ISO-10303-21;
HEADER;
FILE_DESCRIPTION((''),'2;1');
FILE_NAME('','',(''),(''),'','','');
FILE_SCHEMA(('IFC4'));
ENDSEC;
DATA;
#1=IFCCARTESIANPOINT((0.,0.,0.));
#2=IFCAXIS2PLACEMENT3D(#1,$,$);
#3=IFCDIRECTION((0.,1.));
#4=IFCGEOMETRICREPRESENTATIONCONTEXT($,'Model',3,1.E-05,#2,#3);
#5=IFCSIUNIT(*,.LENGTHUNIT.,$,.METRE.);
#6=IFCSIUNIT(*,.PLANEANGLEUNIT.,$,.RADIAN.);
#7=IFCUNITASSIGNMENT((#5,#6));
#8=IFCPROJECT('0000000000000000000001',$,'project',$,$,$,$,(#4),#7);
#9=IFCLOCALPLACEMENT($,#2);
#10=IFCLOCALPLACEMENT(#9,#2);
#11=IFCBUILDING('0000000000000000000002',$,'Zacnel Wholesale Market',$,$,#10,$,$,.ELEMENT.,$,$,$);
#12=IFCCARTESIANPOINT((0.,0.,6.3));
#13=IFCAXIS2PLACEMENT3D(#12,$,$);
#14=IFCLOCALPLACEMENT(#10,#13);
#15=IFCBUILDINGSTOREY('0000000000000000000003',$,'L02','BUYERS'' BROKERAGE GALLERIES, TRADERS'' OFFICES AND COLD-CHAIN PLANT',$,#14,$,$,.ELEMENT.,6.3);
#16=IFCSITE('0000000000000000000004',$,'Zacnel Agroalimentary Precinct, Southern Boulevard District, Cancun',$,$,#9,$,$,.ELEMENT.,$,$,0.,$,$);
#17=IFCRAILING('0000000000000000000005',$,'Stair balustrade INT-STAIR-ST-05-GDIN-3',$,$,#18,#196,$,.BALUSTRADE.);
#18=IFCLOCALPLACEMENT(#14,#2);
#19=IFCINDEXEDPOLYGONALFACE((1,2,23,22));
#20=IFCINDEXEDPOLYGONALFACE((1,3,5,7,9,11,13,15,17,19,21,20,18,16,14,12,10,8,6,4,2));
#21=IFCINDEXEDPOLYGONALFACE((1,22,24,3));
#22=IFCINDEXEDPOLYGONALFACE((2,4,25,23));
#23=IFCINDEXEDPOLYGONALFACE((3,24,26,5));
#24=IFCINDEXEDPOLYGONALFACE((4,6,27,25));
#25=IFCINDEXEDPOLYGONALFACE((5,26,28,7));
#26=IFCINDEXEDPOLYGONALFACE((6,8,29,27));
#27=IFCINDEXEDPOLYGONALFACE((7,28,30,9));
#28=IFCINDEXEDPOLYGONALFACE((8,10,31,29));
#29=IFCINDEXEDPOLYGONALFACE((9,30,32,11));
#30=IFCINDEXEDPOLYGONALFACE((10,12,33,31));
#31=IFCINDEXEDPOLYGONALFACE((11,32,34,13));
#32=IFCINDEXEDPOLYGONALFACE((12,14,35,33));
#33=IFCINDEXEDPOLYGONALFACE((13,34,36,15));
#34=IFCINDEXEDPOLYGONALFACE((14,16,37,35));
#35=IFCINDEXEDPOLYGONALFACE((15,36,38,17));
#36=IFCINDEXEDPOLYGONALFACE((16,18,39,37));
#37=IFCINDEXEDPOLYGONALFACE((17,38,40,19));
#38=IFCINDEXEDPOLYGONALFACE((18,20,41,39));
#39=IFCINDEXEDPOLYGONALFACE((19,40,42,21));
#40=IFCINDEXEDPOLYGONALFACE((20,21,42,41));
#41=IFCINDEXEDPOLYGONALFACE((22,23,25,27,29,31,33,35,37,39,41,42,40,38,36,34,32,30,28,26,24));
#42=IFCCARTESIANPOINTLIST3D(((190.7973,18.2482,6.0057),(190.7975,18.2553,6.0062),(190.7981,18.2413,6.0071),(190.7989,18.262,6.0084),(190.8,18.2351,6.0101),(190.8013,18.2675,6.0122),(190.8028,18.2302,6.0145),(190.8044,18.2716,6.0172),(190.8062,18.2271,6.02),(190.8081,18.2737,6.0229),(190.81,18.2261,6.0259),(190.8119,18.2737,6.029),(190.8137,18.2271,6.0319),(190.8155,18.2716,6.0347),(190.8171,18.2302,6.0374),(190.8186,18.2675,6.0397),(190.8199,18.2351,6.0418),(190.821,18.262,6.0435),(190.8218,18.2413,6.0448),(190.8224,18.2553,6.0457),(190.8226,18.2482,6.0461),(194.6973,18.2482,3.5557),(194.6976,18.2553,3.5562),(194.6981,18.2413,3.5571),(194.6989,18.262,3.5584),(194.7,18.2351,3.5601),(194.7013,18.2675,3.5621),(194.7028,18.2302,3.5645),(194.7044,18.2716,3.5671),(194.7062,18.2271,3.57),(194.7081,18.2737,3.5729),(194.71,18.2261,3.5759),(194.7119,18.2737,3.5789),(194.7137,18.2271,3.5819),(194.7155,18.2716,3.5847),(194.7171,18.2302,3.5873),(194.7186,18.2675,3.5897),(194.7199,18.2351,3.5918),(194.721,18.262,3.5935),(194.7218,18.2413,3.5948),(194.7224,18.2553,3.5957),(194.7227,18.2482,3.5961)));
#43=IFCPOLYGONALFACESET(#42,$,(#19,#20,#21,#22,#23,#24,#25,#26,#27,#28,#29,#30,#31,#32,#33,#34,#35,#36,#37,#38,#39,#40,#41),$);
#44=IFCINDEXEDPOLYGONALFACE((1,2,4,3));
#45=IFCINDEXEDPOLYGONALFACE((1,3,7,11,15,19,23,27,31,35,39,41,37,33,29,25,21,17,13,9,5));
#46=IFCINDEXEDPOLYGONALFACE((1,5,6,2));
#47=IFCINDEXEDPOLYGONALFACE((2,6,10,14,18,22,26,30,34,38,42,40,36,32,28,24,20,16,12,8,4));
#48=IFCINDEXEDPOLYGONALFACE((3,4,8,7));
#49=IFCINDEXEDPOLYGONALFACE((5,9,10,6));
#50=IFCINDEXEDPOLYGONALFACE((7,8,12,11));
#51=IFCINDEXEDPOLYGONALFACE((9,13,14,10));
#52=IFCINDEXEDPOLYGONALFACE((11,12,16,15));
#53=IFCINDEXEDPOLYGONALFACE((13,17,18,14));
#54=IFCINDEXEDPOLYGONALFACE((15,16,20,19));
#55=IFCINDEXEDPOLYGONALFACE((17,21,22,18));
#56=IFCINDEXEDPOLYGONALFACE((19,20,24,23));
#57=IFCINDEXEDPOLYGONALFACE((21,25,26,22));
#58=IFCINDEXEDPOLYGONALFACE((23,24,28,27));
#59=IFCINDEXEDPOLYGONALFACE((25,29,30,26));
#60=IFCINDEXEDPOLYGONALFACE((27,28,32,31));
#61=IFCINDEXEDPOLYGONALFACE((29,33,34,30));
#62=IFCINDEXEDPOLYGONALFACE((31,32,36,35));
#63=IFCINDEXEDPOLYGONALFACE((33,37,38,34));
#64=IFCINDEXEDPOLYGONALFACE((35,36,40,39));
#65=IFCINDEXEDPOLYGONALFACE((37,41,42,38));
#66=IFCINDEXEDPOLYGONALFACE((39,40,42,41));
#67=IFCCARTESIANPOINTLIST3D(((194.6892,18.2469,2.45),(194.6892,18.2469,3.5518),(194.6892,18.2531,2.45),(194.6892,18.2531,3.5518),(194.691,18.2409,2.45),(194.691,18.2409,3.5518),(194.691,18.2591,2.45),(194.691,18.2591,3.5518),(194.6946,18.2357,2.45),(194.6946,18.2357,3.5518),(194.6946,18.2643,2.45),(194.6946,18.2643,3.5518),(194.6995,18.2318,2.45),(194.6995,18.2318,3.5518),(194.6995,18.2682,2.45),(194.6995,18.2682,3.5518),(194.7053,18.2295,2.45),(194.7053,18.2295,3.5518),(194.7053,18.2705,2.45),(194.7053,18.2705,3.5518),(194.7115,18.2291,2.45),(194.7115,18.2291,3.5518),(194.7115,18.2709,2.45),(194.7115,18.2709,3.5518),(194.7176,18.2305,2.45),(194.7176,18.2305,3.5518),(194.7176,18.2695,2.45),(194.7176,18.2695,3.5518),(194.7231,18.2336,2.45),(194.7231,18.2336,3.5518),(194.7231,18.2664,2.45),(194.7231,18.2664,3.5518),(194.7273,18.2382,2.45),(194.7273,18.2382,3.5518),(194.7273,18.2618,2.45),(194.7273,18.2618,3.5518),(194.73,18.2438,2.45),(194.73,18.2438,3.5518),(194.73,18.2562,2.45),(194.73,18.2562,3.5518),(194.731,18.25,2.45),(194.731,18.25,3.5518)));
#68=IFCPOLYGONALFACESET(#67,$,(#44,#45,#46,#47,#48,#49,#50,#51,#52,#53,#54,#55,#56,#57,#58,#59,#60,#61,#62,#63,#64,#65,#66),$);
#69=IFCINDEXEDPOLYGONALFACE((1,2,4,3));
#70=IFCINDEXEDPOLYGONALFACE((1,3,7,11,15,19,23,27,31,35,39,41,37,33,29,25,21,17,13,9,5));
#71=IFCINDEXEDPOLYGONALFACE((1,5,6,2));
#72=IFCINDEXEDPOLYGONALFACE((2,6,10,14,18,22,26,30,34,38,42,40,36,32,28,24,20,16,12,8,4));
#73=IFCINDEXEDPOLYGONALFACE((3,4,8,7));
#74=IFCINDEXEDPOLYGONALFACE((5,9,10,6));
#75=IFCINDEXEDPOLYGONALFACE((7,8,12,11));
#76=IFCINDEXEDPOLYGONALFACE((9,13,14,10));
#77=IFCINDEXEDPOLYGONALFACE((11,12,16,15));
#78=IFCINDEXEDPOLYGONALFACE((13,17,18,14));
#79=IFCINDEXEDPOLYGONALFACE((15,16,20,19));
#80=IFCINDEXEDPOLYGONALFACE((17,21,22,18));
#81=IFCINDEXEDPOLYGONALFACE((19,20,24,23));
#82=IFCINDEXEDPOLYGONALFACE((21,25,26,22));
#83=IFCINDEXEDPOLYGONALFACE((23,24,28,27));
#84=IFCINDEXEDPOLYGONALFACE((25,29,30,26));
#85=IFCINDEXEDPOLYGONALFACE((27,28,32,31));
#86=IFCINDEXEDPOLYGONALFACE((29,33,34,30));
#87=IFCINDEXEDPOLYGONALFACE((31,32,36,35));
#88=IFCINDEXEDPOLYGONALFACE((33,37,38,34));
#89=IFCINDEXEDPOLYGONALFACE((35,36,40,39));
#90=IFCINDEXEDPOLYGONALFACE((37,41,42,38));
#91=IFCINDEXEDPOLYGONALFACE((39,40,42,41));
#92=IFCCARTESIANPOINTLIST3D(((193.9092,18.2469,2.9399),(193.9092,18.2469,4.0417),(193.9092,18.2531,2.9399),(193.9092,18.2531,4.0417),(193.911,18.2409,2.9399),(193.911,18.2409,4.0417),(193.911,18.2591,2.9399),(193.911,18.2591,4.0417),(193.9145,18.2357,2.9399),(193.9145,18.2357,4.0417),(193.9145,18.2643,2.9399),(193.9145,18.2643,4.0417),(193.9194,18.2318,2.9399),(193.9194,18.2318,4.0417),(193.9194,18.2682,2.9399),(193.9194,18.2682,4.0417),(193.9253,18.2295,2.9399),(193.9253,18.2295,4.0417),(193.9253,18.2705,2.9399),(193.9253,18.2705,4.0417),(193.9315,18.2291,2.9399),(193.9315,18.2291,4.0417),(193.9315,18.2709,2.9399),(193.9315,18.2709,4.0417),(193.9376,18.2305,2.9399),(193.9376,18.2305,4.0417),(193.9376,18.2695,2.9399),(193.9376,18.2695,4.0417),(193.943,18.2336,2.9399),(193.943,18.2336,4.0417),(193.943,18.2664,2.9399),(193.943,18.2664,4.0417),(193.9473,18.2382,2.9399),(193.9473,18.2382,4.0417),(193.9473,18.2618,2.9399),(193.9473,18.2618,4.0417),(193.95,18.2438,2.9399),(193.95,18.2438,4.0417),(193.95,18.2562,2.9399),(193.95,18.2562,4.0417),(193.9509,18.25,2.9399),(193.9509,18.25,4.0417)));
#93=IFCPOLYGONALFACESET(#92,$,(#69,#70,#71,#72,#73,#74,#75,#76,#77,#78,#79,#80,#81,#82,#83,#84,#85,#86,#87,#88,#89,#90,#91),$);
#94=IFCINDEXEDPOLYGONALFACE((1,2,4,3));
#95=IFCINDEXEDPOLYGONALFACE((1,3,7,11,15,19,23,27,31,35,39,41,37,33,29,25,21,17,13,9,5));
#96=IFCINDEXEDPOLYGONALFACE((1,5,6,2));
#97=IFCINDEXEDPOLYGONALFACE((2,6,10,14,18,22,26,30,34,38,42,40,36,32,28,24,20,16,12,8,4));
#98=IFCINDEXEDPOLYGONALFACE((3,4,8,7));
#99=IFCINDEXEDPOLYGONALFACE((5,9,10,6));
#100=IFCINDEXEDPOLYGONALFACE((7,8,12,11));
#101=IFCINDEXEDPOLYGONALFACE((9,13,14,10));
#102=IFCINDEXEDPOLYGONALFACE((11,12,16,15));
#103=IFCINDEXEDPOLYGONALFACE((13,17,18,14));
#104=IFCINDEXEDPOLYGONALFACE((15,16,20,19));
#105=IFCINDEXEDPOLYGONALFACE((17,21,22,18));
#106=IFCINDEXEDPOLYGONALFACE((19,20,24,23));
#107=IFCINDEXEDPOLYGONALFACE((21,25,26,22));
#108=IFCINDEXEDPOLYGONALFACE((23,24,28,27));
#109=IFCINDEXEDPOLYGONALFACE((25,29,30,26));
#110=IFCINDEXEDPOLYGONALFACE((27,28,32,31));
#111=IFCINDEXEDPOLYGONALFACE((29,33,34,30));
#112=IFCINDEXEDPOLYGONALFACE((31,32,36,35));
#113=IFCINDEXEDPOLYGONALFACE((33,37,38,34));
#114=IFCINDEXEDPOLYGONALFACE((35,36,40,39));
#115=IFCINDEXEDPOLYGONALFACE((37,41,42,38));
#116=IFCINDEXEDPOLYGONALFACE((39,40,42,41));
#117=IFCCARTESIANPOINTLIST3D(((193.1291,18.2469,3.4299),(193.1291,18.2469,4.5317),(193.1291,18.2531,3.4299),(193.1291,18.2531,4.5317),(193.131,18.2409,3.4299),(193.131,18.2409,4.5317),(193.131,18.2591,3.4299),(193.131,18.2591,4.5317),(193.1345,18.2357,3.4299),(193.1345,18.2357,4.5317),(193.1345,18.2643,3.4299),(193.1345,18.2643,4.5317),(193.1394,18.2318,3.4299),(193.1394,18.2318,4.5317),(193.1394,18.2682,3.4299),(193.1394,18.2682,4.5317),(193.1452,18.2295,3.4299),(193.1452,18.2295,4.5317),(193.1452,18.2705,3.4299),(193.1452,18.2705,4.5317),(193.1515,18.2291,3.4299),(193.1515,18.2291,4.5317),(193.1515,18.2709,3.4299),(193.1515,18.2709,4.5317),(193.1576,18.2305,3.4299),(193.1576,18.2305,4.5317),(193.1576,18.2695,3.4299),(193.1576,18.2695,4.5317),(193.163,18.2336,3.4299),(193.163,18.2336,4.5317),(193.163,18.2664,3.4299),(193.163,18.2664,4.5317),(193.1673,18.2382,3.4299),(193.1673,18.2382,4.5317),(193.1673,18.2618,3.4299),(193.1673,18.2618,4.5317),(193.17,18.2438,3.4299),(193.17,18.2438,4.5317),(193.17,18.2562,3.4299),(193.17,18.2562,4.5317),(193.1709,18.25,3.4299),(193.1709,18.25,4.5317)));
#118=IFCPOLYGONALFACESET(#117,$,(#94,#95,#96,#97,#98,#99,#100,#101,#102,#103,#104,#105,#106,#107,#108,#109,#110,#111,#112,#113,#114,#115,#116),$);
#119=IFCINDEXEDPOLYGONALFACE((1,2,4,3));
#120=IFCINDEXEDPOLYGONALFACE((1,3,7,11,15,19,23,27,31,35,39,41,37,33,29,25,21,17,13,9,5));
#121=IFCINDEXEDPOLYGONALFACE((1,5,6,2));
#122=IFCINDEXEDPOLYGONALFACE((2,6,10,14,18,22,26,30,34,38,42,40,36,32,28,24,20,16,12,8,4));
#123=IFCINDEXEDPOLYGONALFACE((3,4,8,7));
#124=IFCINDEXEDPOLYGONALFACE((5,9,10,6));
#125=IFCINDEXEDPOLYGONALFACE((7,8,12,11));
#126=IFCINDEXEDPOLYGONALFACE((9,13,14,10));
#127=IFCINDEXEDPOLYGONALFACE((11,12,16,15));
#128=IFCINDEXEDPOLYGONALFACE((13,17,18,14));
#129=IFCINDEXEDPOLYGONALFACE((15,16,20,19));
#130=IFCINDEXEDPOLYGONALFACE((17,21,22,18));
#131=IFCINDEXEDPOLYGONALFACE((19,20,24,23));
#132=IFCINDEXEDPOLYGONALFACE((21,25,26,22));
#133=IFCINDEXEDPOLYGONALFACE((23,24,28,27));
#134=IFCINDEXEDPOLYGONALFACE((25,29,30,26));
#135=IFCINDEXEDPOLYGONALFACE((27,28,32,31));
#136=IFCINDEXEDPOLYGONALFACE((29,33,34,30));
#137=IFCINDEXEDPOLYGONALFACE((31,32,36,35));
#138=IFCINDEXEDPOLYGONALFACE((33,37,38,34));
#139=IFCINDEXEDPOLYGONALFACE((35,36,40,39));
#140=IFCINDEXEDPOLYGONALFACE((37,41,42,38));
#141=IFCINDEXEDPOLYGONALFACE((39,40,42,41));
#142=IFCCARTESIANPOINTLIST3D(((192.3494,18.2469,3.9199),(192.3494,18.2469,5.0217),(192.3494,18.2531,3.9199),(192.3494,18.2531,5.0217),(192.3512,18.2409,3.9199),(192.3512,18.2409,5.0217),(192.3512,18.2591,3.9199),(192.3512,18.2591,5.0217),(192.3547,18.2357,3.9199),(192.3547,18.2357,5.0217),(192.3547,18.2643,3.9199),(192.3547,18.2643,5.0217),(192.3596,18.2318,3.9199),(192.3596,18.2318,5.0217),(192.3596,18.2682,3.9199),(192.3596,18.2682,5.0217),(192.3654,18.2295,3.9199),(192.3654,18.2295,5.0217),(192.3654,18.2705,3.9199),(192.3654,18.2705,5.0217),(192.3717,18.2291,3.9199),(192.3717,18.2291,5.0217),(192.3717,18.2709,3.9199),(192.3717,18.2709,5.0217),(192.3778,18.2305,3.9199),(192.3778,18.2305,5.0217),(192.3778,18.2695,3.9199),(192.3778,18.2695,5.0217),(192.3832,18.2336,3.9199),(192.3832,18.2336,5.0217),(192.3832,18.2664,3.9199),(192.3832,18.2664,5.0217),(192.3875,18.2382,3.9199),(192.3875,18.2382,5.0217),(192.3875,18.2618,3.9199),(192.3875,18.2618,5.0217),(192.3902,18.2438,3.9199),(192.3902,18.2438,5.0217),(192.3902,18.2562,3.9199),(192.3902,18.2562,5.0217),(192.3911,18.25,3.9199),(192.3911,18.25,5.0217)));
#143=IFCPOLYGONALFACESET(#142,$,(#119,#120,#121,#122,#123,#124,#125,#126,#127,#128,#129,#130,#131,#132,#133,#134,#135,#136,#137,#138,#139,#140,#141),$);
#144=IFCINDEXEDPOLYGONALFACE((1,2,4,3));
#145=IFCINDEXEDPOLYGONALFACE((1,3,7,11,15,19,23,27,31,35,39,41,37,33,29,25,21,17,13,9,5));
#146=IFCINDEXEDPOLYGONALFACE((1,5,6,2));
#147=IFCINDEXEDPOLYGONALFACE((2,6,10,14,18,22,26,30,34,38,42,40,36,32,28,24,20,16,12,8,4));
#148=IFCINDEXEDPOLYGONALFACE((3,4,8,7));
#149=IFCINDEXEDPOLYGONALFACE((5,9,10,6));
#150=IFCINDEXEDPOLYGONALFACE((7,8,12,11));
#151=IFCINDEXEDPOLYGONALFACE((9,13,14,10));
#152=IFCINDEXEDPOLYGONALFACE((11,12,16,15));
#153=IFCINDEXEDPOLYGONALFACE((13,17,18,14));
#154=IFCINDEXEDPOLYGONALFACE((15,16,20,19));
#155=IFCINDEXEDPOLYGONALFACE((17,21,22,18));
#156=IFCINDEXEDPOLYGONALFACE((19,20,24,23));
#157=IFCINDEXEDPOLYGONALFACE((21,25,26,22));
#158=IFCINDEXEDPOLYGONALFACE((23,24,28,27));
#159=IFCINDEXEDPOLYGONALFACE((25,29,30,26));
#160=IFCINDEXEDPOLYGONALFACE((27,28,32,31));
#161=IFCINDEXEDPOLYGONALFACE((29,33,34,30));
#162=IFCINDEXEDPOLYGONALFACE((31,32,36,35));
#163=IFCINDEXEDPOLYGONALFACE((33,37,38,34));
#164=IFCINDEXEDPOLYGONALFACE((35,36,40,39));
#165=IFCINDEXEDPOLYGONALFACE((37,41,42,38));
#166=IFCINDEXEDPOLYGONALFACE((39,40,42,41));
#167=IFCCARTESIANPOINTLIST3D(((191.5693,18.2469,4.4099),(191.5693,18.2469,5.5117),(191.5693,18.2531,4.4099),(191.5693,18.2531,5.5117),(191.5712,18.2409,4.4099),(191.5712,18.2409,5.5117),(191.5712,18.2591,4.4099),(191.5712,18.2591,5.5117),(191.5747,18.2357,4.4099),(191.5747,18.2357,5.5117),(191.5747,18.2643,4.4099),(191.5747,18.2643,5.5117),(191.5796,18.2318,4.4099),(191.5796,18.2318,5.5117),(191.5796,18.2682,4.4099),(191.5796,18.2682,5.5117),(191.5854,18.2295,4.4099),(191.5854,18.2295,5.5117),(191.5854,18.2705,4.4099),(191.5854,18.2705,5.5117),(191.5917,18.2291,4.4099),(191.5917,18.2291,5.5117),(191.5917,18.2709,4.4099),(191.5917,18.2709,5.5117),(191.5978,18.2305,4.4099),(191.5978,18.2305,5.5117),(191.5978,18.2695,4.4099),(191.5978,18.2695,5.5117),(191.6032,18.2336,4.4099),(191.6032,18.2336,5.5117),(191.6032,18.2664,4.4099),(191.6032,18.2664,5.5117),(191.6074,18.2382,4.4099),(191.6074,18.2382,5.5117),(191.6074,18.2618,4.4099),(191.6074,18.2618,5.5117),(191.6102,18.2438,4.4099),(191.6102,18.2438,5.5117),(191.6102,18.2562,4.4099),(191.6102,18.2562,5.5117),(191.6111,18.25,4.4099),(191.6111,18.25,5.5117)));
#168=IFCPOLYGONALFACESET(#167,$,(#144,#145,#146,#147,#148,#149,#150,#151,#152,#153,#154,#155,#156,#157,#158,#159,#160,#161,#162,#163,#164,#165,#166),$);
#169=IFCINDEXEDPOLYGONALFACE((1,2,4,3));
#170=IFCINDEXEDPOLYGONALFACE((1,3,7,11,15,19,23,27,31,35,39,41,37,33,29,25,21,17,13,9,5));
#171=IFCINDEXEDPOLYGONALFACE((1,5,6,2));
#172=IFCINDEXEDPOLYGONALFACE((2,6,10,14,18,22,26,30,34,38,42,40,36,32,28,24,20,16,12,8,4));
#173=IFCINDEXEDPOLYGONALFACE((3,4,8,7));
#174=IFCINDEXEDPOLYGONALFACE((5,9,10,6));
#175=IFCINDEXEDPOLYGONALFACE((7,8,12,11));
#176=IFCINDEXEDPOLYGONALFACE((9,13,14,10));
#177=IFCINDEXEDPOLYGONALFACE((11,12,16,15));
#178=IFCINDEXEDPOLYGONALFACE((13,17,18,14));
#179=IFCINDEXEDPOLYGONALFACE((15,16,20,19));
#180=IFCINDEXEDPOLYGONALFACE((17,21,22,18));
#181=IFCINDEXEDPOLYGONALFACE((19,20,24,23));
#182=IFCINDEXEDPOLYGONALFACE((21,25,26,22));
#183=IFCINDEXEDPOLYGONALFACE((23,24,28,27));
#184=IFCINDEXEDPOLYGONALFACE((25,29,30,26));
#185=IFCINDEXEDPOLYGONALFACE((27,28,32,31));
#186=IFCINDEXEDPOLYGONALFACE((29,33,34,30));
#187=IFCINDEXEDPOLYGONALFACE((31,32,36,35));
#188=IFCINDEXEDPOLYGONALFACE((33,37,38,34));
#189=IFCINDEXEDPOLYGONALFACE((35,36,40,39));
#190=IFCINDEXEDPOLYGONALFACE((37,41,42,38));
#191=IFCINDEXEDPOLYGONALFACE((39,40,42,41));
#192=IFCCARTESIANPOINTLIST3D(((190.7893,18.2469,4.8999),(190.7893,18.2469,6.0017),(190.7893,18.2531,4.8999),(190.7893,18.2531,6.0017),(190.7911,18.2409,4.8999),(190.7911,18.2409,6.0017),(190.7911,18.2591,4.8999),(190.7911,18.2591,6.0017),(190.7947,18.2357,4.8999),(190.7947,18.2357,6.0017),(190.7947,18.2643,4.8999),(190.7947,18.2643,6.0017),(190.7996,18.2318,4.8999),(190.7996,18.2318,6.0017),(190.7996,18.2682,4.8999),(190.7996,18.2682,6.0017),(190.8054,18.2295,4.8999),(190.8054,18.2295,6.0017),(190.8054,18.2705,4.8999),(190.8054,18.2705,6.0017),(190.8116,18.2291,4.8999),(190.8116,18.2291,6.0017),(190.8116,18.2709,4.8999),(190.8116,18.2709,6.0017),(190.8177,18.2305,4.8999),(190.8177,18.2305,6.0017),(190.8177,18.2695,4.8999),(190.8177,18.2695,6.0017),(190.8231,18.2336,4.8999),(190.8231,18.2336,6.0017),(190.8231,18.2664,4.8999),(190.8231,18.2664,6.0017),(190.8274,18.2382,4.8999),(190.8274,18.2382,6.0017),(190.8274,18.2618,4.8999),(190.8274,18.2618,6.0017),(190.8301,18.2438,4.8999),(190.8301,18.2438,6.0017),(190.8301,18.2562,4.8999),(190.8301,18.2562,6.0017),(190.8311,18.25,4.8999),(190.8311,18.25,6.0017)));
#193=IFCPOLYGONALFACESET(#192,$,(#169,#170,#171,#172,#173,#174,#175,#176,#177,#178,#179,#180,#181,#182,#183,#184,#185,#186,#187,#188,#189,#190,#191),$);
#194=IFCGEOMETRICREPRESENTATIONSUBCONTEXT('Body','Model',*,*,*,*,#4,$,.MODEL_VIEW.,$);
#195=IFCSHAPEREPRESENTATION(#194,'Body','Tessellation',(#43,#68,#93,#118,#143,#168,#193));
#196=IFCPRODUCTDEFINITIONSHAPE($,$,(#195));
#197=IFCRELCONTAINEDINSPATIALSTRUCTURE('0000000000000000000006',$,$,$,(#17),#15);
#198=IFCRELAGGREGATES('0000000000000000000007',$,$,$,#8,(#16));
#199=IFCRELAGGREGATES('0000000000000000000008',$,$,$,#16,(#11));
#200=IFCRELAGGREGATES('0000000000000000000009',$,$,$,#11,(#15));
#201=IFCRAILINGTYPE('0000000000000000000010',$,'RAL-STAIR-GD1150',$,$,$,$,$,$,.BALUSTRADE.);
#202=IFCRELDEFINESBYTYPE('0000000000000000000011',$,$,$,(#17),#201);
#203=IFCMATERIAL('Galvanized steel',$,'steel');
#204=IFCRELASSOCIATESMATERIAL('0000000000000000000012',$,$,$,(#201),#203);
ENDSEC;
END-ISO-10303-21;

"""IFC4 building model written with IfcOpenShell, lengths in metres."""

from ifc_helpers import new_model, si_unit, direction, frame, origin, origin_2d, place, context, subcontext, project, spatial, circle, extrude, material, type_object, element, save


model = new_model("IFC4")

# Units and contexts
model_context = context("Model", 3, precision=1e-05, world=origin(), true_north=direction((0.0, 1.0)))
body_context = subcontext(model_context, "Body", "Model", "MODEL_VIEW")
ifc_project = project(units=[si_unit("LENGTHUNIT", "METRE"), si_unit("PLANEANGLEUNIT", "RADIAN")], contexts=[model_context])

# Site, building, storey
site_placement = place(None, origin())
site = spatial("IfcSite", under=ifc_project, at=site_placement, Name="Zacnel Agroalimentary Precinct, Southern Boulevard District, Cancun", CompositionType="ELEMENT", RefElevation=0.0)
building_placement = place(site_placement, origin())
building = spatial("IfcBuilding", under=site, at=building_placement, Name="Zacnel Wholesale Market", CompositionType="ELEMENT")
storey_placement = place(building_placement, frame((0.0, 0.0, 6.3)))
storey = spatial("IfcBuildingStorey", under=building, at=storey_placement, Name="L02", Description="BUYERS' BROKERAGE GALLERIES, TRADERS' OFFICES AND COLD-CHAIN PLANT", CompositionType="ELEMENT", Elevation=6.3)

# Railing
ifc_material_1 = material(Name="Galvanized steel", Category="steel")
railing_type = type_object("IfcRailingType", Name="RAL-STAIR-GD1150", PredefinedType="BALUSTRADE", material=ifc_material_1)
railing_1_placement = place(storey_placement, frame((194.71, 18.25, 2.45)))
element("IfcRailing", 1, at=railing_1_placement, inside=storey, type_object=railing_type, Name="Stair balustrade INT-STAIR-ST-05-GDIN-3", PredefinedType="BALUSTRADE", context=body_context, shape_type="SweptSolid", body=[
    extrude(circle(Radius=0.0239, at=origin_2d()), frame((0.0, 0.0, 1.126), z_axis=(-0.846775, 0.0, 0.531951), x_axis=(0.0, -1.0, 0.0)), (0.0, 0.0, 1.0), 4.6057),
    extrude(circle(Radius=0.021, at=origin_2d()), origin(), (0.0, 0.0, 1.0), 1.1018),
    extrude(circle(Radius=0.021, at=origin_2d()), frame((-0.78, 0.0, 0.49)), (0.0, 0.0, 1.0), 1.1018),
    extrude(circle(Radius=0.021, at=origin_2d()), frame((-1.5601, 0.0, 0.98)), (0.0, 0.0, 1.0), 1.1018),
    extrude(circle(Radius=0.021, at=origin_2d()), frame((-2.3398, 0.0, 1.47)), (0.0, 0.0, 1.0), 1.1018),
    extrude(circle(Radius=0.021, at=origin_2d()), frame((-3.1199, 0.0, 1.96)), (0.0, 0.0, 1.0), 1.1018),
    extrude(circle(Radius=0.021, at=origin_2d()), frame((-3.8999, 0.0, 2.45)), (0.0, 0.0, 1.0), 1.1018),
])

save(model, "model.ifc")
